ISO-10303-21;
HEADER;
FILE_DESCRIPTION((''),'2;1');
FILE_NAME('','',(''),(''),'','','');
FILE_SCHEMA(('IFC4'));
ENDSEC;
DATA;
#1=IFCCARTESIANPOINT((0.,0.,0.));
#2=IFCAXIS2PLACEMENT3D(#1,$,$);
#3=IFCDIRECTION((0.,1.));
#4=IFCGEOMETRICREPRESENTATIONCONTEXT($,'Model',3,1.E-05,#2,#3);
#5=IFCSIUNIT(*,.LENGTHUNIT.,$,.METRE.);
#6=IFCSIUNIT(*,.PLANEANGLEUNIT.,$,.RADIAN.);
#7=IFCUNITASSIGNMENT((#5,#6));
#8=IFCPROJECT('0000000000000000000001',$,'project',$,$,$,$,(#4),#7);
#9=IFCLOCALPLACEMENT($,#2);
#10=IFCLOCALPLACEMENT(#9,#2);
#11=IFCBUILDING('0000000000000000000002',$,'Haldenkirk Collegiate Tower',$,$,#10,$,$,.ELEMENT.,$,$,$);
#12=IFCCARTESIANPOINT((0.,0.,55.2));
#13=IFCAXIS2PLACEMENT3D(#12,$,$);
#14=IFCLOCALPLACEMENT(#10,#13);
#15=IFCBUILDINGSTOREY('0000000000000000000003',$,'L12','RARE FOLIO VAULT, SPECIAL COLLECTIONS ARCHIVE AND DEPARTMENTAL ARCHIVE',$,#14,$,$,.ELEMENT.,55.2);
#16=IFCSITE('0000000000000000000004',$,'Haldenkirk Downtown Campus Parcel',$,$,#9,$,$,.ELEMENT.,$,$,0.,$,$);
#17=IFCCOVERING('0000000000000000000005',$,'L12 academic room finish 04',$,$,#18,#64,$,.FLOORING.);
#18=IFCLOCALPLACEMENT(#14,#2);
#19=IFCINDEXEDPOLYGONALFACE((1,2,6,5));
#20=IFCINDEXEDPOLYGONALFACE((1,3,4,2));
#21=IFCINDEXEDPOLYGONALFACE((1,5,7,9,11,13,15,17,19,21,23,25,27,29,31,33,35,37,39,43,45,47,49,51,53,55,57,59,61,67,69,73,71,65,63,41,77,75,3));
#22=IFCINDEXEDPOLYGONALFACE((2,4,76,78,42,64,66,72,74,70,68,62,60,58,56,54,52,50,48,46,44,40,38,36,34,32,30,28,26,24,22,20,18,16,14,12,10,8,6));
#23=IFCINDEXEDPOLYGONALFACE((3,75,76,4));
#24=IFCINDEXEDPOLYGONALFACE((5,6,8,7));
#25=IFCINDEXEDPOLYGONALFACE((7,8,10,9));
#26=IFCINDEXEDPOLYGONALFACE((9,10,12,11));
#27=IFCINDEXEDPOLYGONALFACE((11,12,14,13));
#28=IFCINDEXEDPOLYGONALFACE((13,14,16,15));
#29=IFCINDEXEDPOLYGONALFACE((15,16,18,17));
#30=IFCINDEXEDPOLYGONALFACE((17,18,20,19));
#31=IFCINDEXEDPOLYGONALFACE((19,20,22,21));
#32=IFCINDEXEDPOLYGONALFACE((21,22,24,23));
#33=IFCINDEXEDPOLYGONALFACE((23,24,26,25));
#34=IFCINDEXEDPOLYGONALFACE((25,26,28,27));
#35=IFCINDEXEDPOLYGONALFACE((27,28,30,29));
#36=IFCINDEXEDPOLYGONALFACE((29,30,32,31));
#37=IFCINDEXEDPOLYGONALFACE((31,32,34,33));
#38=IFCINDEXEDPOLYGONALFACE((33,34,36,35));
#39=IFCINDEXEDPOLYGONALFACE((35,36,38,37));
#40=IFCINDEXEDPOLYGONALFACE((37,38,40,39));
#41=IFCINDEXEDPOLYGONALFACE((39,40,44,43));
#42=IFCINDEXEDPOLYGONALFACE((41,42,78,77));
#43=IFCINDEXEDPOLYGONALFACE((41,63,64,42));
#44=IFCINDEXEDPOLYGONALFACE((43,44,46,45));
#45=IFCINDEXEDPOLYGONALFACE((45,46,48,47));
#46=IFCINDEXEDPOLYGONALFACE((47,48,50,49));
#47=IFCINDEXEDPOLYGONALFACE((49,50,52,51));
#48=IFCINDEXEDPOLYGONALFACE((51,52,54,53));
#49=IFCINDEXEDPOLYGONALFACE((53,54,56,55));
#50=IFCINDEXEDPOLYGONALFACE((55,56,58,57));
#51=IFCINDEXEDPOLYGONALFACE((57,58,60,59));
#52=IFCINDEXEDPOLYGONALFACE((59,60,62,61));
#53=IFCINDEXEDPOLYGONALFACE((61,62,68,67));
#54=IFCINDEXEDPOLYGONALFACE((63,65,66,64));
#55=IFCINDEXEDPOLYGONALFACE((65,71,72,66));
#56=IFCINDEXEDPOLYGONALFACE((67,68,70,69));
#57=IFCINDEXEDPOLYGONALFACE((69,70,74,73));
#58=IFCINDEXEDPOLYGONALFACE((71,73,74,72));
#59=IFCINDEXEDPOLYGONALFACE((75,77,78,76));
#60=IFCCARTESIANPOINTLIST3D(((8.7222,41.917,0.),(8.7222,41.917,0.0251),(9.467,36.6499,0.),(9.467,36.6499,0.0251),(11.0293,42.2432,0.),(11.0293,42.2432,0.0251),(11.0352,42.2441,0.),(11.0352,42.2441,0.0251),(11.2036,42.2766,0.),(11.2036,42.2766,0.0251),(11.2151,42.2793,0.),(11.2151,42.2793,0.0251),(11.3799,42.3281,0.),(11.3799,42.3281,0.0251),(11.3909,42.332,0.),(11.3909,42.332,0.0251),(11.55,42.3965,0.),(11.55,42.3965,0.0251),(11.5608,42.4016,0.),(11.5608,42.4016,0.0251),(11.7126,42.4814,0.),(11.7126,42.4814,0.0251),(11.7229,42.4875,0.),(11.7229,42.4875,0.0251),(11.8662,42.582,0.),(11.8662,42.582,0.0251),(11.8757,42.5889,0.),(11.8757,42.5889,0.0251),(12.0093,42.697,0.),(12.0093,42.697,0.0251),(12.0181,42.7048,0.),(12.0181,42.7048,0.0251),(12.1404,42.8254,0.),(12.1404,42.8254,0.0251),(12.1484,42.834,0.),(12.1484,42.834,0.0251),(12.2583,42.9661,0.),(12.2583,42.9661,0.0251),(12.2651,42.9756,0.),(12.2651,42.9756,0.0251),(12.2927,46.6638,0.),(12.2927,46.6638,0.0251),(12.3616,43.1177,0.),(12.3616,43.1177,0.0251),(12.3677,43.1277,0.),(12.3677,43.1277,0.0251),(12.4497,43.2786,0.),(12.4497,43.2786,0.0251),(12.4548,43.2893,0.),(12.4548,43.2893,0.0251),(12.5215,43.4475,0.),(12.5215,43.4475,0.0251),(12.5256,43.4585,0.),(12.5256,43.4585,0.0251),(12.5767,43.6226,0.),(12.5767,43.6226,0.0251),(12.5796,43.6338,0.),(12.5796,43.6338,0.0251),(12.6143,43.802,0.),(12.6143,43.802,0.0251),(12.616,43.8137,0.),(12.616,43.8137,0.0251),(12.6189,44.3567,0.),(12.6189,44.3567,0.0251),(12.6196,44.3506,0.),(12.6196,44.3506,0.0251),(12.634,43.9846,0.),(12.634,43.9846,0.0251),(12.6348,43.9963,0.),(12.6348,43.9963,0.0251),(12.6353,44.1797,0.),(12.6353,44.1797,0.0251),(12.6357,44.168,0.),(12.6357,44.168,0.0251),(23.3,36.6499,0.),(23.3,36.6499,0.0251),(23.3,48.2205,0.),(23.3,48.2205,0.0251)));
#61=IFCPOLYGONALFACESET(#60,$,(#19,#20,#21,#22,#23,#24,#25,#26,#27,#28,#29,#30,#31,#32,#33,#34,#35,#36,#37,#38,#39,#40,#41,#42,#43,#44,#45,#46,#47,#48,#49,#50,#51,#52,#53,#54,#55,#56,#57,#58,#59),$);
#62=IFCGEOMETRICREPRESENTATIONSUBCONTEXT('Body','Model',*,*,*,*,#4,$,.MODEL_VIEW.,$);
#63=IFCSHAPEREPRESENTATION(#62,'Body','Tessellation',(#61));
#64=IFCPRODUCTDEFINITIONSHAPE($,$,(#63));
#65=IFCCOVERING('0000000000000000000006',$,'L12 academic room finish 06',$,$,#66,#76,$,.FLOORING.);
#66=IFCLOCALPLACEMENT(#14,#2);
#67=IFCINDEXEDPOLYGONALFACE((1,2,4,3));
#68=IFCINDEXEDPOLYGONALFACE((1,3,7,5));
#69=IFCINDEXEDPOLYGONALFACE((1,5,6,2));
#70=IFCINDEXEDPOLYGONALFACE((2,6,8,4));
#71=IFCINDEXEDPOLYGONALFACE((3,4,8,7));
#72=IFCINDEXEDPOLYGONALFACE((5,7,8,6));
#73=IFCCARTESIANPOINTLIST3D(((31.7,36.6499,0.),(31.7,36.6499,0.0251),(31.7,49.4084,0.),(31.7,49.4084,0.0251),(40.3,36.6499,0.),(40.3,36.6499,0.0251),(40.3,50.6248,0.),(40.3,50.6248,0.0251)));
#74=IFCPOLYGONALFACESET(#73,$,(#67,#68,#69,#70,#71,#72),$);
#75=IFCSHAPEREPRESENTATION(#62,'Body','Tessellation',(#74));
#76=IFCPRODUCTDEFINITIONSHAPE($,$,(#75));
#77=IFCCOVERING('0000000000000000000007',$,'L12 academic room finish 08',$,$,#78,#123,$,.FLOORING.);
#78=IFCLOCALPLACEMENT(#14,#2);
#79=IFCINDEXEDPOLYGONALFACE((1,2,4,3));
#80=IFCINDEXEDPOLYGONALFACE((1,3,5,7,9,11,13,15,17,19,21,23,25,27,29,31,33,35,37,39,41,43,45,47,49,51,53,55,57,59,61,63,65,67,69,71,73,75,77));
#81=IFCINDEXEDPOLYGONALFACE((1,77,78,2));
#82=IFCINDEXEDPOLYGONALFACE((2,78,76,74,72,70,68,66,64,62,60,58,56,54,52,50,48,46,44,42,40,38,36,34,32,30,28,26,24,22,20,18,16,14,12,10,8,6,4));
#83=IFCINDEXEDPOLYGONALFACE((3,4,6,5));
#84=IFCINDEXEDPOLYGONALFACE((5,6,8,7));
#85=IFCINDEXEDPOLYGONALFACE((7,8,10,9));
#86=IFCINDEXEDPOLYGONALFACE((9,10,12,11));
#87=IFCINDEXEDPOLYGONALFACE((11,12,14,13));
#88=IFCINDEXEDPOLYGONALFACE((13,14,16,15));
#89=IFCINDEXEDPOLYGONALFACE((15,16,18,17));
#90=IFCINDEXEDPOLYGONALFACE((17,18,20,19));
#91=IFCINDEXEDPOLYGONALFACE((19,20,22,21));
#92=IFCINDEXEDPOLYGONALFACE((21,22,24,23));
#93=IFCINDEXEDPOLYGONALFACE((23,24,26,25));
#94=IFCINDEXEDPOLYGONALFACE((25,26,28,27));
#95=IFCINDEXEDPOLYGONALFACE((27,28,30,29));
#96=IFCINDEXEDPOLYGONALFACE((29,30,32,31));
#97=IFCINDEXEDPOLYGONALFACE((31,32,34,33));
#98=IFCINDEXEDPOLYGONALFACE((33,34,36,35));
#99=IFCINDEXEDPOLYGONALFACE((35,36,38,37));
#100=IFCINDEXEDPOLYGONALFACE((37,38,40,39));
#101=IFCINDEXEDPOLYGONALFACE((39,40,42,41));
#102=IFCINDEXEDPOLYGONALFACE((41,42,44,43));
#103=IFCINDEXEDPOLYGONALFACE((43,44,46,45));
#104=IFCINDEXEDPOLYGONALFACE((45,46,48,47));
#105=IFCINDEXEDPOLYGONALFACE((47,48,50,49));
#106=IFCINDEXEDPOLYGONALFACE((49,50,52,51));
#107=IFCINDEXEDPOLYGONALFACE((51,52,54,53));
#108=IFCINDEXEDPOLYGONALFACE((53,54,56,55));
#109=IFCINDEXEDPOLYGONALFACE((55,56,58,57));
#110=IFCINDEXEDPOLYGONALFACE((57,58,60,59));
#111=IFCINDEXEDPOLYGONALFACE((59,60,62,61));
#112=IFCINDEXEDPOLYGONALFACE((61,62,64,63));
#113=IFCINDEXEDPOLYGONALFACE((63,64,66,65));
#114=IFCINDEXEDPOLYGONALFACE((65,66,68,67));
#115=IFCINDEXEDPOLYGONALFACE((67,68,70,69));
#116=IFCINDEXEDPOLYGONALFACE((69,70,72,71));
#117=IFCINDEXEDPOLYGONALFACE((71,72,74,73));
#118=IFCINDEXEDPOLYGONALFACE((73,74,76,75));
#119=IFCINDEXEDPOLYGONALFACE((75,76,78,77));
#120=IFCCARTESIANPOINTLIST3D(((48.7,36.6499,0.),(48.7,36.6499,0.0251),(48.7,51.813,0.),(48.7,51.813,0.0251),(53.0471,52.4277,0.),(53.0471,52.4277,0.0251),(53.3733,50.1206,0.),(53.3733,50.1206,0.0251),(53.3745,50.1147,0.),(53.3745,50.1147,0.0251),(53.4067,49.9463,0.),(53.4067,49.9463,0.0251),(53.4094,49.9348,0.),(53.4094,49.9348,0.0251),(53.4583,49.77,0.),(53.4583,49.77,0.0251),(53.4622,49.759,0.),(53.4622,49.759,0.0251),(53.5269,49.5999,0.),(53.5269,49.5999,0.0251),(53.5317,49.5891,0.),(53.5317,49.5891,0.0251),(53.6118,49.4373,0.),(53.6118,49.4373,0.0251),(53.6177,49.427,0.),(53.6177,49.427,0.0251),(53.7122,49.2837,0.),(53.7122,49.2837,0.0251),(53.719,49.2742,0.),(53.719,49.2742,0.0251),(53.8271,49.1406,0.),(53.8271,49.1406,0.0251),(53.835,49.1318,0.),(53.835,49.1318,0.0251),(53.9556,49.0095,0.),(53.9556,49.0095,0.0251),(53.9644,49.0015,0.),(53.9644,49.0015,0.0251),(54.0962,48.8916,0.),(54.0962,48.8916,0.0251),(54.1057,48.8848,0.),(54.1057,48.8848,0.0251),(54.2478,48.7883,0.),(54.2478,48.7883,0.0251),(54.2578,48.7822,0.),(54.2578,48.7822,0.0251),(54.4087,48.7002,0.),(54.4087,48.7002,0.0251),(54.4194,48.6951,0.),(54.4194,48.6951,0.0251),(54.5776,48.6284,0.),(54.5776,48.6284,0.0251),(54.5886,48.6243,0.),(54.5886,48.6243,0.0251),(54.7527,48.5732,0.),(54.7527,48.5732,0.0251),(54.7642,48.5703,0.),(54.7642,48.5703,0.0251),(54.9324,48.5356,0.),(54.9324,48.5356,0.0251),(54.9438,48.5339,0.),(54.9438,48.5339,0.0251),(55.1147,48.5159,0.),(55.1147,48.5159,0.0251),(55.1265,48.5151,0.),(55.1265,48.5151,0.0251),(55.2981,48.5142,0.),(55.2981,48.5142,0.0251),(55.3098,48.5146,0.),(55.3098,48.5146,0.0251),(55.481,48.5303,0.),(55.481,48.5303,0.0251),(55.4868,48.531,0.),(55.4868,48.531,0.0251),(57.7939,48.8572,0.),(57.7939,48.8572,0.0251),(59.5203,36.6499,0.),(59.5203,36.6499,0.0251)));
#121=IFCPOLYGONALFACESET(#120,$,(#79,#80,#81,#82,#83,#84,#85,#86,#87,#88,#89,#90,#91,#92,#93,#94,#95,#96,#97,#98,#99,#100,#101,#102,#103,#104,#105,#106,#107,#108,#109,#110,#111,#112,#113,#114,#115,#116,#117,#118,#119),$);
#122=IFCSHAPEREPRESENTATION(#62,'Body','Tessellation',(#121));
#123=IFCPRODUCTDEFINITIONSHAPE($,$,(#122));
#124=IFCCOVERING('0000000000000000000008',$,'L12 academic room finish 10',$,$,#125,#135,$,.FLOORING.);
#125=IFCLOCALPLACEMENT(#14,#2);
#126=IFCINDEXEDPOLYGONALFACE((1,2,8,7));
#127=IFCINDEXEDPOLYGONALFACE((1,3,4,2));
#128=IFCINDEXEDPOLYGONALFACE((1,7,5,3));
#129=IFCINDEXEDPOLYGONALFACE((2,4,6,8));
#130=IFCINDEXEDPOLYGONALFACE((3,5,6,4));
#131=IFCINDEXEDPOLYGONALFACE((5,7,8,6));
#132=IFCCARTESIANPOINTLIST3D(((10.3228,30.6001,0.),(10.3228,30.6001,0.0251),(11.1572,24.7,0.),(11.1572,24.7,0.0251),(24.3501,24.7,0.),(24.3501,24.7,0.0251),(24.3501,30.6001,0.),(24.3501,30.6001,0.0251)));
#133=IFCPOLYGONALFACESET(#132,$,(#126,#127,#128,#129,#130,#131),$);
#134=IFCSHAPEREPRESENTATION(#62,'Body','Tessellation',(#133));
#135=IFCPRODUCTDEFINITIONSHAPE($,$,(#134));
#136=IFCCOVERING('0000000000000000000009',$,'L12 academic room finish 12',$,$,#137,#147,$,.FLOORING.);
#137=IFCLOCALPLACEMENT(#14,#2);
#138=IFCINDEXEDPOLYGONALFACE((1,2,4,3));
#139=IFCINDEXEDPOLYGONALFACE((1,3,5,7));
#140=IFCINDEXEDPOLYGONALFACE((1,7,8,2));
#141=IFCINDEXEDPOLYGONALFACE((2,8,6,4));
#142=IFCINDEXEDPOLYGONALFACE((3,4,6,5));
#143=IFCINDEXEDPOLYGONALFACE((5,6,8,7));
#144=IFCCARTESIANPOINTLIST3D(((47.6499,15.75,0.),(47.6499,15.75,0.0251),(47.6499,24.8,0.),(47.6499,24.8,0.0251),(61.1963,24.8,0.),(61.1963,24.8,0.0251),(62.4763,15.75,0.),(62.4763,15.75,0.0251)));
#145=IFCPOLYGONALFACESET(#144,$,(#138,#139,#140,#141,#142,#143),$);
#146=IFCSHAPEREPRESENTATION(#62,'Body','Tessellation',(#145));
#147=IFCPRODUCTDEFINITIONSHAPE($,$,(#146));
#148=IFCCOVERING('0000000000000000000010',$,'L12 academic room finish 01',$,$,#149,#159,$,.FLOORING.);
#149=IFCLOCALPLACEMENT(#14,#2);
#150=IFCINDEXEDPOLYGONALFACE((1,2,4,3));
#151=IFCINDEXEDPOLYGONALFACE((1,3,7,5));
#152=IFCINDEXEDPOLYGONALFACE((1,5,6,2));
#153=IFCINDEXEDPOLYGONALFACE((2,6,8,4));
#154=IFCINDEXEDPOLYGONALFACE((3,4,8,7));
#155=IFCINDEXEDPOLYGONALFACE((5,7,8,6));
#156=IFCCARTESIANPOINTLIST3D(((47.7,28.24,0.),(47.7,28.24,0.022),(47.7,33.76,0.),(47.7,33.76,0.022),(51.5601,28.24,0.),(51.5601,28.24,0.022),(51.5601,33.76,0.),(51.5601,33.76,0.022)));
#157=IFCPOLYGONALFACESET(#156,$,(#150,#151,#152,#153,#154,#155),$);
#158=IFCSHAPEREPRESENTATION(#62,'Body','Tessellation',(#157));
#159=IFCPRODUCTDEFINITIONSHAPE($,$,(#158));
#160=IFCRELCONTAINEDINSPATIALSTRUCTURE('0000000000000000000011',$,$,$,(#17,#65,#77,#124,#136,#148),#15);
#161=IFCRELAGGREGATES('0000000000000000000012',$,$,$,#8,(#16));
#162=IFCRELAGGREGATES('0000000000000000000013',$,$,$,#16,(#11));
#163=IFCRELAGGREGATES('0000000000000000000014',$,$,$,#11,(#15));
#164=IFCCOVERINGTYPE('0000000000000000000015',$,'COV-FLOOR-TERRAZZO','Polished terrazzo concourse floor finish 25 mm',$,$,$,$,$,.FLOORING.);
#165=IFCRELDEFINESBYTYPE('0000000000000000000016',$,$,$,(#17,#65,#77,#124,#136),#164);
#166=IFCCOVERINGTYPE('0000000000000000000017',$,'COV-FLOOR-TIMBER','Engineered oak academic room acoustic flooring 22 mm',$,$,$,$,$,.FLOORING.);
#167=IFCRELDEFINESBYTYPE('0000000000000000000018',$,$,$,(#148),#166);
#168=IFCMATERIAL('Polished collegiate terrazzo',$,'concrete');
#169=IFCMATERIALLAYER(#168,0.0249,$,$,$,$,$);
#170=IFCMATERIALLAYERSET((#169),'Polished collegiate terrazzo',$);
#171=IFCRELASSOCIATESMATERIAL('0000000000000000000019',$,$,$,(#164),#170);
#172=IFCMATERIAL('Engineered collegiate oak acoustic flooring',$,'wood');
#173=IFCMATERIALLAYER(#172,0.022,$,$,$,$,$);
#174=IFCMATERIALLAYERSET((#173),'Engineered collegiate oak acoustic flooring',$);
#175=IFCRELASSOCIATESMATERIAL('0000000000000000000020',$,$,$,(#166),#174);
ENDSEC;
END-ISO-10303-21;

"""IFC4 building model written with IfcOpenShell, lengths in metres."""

from ifc_helpers import new_model, si_unit, direction, frame, origin, place, context, subcontext, project, spatial, polyline, outline, extrude, material, layer, layer_set, type_object, element, save


model = new_model("IFC4")

# Units and contexts
model_context = context("Model", 3, precision=1e-05, world=origin(), true_north=direction((0.0, 1.0)))
body_context = subcontext(model_context, "Body", "Model", "MODEL_VIEW")
ifc_project = project(units=[si_unit("LENGTHUNIT", "METRE"), si_unit("PLANEANGLEUNIT", "RADIAN")], contexts=[model_context])

# Site, building, storey
site_placement = place(None, origin())
site = spatial("IfcSite", under=ifc_project, at=site_placement, Name="Haldenkirk Downtown Campus Parcel", CompositionType="ELEMENT", RefElevation=0.0)
building_placement = place(site_placement, origin())
building = spatial("IfcBuilding", under=site, at=building_placement, Name="Haldenkirk Collegiate Tower", CompositionType="ELEMENT")
storey_placement = place(building_placement, frame((0.0, 0.0, 55.2)))
storey = spatial("IfcBuildingStorey", under=building, at=storey_placement, Name="L12", Description="RARE FOLIO VAULT, SPECIAL COLLECTIONS ARCHIVE AND DEPARTMENTAL ARCHIVE", CompositionType="ELEMENT", Elevation=55.2)

# Coverings
ifc_material_1 = material(Name="Polished collegiate terrazzo", Category="concrete")
ifc_layer_1 = layer(ifc_material_1, 0.0249)
ifc_layer_set_1 = layer_set([ifc_layer_1], Name="Polished collegiate terrazzo")
covering_type_1 = type_object("IfcCoveringType", Name="COV-FLOOR-TERRAZZO", Description="Polished terrazzo concourse floor finish 25 mm", PredefinedType="FLOORING", material=ifc_layer_set_1)
covering_1_placement = place(storey_placement, origin())
element("IfcCovering", 1, at=covering_1_placement, inside=storey, type_object=covering_type_1, Name="L12 academic room finish 04", PredefinedType="FLOORING", context=body_context, shape_type="SweptSolid", body=[
    extrude(outline(polyline([(11.0293, 42.2432), (11.0352, 42.2441), (11.2036, 42.2766), (11.2151, 42.2793), (11.3799, 42.3281), (11.3909, 42.332), (11.55, 42.3965), (11.5608, 42.4016), (11.7126, 42.4814), (11.7229, 42.4875), (11.8662, 42.582), (11.8757, 42.5889), (12.0093, 42.697), (12.0181, 42.7048), (12.1404, 42.8254), (12.1484, 42.834), (12.2583, 42.9661), (12.2651, 42.9756), (12.3616, 43.1177), (12.3677, 43.1277), (12.4497, 43.2786), (12.4548, 43.2893), (12.5215, 43.4475), (12.5256, 43.4585), (12.5767, 43.6226), (12.5796, 43.6338), (12.6143, 43.802), (12.616, 43.8137), (12.634, 43.9846), (12.6348, 43.9963), (12.6357, 44.168), (12.6353, 44.1797), (12.6196, 44.3506), (12.6189, 44.3567), (12.2927, 46.6638), (23.3, 48.2205), (23.3, 36.6499), (9.467, 36.6499), (8.7222, 41.917), (11.0293, 42.2432)])), origin(), (0.0, 0.0, 1.0), 0.0251),
])
covering_2_placement = place(storey_placement, origin())
element("IfcCovering", 2, at=covering_2_placement, inside=storey, type_object=covering_type_1, Name="L12 academic room finish 06", PredefinedType="FLOORING", context=body_context, shape_type="SweptSolid", body=[
    extrude(outline(polyline([(40.3, 50.6248), (40.3, 36.6499), (31.7, 36.6499), (31.7, 49.4084), (40.3, 50.6248)])), origin(), (0.0, 0.0, 1.0), 0.0251),
])
covering_3_placement = place(storey_placement, origin())
element("IfcCovering", 3, at=covering_3_placement, inside=storey, type_object=covering_type_1, Name="L12 academic room finish 08", PredefinedType="FLOORING", context=body_context, shape_type="SweptSolid", body=[
    extrude(outline(polyline([(53.0471, 52.4277), (53.3733, 50.1206), (53.3745, 50.1147), (53.4067, 49.9463), (53.4094, 49.9348), (53.4583, 49.77), (53.4622, 49.759), (53.5269, 49.5999), (53.5317, 49.5891), (53.6118, 49.4373), (53.6177, 49.427), (53.7122, 49.2837), (53.719, 49.2742), (53.8271, 49.1406), (53.835, 49.1318), (53.9556, 49.0095), (53.9644, 49.0015), (54.0962, 48.8916), (54.1057, 48.8848), (54.2478, 48.7883), (54.2578, 48.7822), (54.4087, 48.7002), (54.4194, 48.6951), (54.5776, 48.6284), (54.5886, 48.6243), (54.7527, 48.5732), (54.7642, 48.5703), (54.9324, 48.5356), (54.9438, 48.5339), (55.1147, 48.5159), (55.1265, 48.5151), (55.2981, 48.5142), (55.3098, 48.5146), (55.481, 48.5303), (55.4868, 48.531), (57.7939, 48.8572), (59.5203, 36.6499), (48.7, 36.6499), (48.7, 51.813), (53.0471, 52.4277)])), origin(), (0.0, 0.0, 1.0), 0.0251),
])
covering_4_placement = place(storey_placement, origin())
element("IfcCovering", 4, at=covering_4_placement, inside=storey, type_object=covering_type_1, Name="L12 academic room finish 10", PredefinedType="FLOORING", context=body_context, shape_type="SweptSolid", body=[
    extrude(outline(polyline([(10.3228, 30.6001), (24.3501, 30.6001), (24.3501, 24.7), (11.1572, 24.7), (10.3228, 30.6001)])), origin(), (0.0, 0.0, 1.0), 0.0251),
])
covering_5_placement = place(storey_placement, origin())
element("IfcCovering", 5, at=covering_5_placement, inside=storey, type_object=covering_type_1, Name="L12 academic room finish 12", PredefinedType="FLOORING", context=body_context, shape_type="SweptSolid", body=[
    extrude(outline(polyline([(62.4763, 15.75), (47.6499, 15.75), (47.6499, 24.8), (61.1963, 24.8), (62.4763, 15.75)])), origin(), (0.0, 0.0, 1.0), 0.0251),
])
ifc_material_2 = material(Name="Engineered collegiate oak acoustic flooring", Category="wood")
ifc_layer_2 = layer(ifc_material_2, 0.022)
ifc_layer_set_2 = layer_set([ifc_layer_2], Name="Engineered collegiate oak acoustic flooring")
covering_type_2 = type_object("IfcCoveringType", Name="COV-FLOOR-TIMBER", Description="Engineered oak academic room acoustic flooring 22 mm", PredefinedType="FLOORING", material=ifc_layer_set_2)
covering_6_placement = place(storey_placement, origin())
element("IfcCovering", 6, at=covering_6_placement, inside=storey, type_object=covering_type_2, Name="L12 academic room finish 01", PredefinedType="FLOORING", context=body_context, shape_type="SweptSolid", body=[
    extrude(outline(polyline([(47.7, 28.24), (47.7, 33.76), (51.5601, 33.76), (51.5601, 28.24), (47.7, 28.24)])), origin(), (0.0, 0.0, 1.0), 0.022),
])

save(model, "model.ifc")
